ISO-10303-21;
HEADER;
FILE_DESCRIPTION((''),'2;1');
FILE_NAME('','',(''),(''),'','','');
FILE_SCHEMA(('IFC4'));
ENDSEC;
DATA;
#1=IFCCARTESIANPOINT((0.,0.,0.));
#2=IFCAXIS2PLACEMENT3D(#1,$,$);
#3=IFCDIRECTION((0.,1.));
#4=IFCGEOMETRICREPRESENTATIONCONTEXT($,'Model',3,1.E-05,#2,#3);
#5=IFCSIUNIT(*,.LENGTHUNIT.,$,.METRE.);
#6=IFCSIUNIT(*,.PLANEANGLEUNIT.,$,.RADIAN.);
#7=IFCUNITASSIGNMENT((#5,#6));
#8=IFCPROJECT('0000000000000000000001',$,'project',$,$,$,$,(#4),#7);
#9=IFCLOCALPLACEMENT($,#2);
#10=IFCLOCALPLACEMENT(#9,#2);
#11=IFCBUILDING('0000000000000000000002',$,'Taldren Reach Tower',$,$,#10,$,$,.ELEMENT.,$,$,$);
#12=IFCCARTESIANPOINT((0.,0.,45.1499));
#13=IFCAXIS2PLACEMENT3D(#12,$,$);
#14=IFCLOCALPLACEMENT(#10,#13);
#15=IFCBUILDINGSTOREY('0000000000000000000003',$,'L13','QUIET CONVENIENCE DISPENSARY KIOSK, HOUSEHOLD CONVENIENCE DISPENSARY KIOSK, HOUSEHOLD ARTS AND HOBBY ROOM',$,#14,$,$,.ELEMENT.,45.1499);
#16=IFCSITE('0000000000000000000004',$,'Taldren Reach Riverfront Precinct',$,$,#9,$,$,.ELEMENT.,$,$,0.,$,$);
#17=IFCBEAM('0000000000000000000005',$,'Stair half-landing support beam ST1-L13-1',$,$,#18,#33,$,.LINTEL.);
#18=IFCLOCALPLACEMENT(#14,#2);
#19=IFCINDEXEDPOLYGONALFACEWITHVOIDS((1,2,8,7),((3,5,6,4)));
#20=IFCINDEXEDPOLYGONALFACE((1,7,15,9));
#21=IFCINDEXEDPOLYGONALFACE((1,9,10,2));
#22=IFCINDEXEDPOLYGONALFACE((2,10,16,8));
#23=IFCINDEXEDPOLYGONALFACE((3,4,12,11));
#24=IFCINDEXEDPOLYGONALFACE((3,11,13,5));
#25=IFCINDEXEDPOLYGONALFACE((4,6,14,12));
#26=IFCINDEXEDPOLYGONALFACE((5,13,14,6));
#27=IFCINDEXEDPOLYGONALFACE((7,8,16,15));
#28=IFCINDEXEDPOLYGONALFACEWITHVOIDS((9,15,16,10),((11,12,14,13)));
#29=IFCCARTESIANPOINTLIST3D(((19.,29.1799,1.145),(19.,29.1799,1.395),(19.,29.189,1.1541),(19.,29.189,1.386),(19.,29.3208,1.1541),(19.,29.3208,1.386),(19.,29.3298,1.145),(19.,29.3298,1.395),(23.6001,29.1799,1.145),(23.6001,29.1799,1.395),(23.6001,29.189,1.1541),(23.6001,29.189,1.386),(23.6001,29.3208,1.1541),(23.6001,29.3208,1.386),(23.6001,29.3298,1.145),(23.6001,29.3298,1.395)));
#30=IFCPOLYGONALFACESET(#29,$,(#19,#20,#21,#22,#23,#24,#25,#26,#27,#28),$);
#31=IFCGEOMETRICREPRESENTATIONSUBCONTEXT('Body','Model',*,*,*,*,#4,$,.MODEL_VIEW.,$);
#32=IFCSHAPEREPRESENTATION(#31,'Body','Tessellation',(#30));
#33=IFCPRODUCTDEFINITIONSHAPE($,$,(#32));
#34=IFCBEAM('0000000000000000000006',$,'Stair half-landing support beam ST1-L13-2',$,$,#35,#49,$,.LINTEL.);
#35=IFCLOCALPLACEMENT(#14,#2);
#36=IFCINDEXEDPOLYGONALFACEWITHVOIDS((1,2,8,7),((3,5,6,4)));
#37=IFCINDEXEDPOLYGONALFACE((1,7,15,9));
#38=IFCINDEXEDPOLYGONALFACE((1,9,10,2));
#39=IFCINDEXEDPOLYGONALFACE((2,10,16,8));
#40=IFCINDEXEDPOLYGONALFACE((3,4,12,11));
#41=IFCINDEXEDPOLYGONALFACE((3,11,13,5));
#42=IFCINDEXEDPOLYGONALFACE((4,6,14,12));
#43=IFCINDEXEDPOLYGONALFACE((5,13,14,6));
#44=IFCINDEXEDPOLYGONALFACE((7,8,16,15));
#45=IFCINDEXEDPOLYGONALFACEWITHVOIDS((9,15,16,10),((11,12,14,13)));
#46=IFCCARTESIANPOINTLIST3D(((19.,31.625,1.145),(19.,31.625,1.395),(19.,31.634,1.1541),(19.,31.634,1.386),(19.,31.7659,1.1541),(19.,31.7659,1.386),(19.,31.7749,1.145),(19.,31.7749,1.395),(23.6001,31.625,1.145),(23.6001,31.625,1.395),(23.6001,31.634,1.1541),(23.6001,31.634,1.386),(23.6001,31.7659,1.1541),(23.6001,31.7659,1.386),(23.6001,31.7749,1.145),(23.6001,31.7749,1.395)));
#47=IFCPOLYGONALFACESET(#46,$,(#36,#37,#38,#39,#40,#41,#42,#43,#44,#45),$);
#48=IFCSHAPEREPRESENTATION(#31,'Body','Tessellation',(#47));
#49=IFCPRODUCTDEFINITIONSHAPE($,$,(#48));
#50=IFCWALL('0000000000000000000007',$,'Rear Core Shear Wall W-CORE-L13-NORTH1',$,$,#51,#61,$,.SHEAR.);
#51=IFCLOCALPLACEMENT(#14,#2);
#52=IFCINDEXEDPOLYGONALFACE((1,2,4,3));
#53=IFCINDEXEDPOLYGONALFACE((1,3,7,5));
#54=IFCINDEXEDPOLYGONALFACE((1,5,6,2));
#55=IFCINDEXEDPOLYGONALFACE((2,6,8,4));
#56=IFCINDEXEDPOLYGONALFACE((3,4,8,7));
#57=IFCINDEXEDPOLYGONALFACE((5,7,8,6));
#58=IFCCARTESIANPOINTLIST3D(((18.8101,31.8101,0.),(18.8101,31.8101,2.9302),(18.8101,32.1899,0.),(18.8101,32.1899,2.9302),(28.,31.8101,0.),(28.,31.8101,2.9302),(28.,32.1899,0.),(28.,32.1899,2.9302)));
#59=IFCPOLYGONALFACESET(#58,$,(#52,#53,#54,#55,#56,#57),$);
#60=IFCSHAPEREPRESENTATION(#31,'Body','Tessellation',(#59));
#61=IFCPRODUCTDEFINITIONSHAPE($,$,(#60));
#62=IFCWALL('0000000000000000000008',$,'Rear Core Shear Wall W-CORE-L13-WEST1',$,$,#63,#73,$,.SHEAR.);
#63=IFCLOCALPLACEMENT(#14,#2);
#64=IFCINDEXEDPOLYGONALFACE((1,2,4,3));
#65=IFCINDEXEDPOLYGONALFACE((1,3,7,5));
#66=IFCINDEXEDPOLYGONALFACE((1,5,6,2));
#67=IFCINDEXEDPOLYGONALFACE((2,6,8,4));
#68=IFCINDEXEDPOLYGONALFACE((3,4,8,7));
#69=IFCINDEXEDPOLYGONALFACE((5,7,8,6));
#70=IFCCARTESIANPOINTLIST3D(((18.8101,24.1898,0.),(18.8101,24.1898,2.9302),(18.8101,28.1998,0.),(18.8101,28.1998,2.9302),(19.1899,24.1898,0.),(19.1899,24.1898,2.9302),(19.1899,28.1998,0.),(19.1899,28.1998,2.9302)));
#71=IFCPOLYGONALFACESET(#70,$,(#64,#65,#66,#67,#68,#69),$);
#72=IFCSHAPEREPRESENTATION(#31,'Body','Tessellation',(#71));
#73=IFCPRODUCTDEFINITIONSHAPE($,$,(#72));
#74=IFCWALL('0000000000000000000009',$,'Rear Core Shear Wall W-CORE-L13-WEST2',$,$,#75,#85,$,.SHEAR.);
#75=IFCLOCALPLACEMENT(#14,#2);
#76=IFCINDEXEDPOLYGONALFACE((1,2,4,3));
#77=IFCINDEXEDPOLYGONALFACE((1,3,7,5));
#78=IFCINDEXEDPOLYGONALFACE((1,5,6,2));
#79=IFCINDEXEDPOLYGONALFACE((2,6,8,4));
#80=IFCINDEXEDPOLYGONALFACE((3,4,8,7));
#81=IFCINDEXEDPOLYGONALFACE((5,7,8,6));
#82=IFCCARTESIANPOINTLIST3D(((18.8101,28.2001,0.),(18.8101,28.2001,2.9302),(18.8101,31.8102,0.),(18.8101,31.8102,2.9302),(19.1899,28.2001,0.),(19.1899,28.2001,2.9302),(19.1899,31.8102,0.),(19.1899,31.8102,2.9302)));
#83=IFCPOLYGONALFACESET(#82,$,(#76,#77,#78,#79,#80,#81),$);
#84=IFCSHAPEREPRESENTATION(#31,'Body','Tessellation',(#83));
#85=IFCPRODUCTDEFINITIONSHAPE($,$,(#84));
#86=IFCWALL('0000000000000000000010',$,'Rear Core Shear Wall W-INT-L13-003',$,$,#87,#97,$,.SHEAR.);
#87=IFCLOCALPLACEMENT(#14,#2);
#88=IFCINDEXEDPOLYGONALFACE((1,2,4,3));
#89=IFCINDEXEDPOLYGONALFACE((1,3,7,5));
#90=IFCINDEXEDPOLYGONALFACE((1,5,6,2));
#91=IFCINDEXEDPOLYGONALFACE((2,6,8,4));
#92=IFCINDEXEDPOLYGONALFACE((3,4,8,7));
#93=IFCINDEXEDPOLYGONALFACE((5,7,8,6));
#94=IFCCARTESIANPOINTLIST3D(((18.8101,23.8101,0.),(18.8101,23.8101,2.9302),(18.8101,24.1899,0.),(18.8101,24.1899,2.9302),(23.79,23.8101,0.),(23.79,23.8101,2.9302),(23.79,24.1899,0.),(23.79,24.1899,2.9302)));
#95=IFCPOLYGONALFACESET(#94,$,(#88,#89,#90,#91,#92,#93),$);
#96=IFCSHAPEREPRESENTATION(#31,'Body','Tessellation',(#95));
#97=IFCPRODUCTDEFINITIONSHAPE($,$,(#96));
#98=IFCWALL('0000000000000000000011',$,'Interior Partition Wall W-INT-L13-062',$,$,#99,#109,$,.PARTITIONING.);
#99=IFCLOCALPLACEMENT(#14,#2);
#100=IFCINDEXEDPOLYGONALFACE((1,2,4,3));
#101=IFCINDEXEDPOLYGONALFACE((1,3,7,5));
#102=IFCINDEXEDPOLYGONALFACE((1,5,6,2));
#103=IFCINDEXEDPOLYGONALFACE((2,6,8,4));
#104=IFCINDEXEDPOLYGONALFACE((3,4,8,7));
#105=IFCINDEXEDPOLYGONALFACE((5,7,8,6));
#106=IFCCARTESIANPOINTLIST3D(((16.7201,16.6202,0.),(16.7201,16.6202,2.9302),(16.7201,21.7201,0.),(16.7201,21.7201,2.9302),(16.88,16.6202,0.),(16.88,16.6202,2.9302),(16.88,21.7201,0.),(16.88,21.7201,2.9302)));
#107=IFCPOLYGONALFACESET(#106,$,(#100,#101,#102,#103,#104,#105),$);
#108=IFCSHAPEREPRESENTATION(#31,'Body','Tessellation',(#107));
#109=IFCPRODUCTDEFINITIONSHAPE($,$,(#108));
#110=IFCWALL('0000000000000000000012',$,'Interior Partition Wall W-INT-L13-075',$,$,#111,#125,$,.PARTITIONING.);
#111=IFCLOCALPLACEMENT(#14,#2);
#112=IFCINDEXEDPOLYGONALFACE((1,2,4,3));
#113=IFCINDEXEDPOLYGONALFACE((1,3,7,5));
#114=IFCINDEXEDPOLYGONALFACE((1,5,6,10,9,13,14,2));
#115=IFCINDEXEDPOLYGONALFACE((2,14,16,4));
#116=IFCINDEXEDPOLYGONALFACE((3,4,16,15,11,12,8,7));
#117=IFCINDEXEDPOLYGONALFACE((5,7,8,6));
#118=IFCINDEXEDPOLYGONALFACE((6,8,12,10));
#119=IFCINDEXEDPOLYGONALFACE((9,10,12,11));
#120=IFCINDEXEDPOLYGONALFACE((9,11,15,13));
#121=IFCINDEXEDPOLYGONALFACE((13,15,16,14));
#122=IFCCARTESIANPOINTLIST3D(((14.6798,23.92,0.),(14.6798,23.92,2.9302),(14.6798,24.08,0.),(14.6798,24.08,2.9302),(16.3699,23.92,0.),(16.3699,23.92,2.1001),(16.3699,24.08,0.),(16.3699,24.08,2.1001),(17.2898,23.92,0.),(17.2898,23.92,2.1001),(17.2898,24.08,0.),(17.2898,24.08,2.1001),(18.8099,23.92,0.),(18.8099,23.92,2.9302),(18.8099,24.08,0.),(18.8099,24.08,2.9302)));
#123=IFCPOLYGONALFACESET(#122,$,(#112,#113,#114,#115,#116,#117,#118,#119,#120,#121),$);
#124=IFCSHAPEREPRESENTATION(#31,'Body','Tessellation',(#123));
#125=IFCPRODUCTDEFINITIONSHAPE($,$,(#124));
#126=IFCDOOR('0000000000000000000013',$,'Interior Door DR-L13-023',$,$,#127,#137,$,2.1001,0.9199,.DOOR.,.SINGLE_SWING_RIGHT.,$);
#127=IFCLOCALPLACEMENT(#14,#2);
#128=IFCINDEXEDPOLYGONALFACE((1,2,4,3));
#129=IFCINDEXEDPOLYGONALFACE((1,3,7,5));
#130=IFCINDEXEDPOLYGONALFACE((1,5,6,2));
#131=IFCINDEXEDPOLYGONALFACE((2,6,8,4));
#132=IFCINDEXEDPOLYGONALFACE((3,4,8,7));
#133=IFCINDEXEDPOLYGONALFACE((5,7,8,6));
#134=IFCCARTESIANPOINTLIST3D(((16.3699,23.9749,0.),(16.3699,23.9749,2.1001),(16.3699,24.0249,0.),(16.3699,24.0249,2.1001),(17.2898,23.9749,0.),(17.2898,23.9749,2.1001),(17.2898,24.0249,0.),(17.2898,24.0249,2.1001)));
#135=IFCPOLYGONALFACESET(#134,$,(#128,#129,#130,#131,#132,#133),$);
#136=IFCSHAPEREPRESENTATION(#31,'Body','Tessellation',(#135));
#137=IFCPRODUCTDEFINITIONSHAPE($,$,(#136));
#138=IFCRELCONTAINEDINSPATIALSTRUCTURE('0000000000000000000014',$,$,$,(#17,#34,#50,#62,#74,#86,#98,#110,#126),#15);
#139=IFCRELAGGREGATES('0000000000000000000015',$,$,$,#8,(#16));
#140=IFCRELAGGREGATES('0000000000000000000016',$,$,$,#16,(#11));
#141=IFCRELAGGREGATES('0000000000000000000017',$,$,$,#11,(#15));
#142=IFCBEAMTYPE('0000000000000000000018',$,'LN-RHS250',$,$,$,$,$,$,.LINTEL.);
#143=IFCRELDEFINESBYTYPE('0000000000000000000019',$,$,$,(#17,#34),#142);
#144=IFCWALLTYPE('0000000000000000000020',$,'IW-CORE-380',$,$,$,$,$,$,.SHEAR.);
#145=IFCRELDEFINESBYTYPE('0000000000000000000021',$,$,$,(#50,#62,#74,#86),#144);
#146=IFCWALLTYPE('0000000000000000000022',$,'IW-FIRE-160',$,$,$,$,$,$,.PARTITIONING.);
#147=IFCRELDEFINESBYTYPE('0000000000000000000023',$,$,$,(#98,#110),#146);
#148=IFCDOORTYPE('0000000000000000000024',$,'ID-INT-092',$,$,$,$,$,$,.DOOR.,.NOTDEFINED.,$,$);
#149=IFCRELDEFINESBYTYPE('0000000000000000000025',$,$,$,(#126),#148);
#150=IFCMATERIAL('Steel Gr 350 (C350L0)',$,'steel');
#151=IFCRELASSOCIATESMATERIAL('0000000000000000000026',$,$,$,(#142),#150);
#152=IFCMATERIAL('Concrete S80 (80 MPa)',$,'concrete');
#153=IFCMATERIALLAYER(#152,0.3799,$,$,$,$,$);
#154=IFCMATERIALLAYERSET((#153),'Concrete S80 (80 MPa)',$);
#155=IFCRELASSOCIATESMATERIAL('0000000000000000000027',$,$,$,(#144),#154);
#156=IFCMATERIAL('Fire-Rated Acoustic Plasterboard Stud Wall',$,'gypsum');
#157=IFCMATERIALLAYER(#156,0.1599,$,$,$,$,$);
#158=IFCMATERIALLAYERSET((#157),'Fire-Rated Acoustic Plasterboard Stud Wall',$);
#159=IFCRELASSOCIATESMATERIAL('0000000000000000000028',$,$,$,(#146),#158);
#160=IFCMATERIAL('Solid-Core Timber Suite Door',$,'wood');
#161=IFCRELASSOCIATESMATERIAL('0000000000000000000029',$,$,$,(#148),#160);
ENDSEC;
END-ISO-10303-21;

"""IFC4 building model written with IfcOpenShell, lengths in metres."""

from ifc_helpers import new_model, si_unit, direction, frame, frame_2d, origin, origin_2d, place, context, subcontext, project, spatial, rectangle, hollow_rectangle, extrude, source, transform, mapped, material, layer, layer_set, material_profile, profile_set, type_object, element, fill, save


model = new_model("IFC4")

# Units and contexts
model_context = context("Model", 3, precision=1e-05, world=origin(), true_north=direction((0.0, 1.0)))
body_context = subcontext(model_context, "Body", "Model", "MODEL_VIEW")
ifc_project = project(units=[si_unit("LENGTHUNIT", "METRE"), si_unit("PLANEANGLEUNIT", "RADIAN")], contexts=[model_context])

# Site, building, storey
site_placement = place(None, origin())
site = spatial("IfcSite", under=ifc_project, at=site_placement, Name="Taldren Reach Riverfront Precinct", CompositionType="ELEMENT", RefElevation=0.0)
building_placement = place(site_placement, origin())
building = spatial("IfcBuilding", under=site, at=building_placement, Name="Taldren Reach Tower", CompositionType="ELEMENT")
storey_placement = place(building_placement, frame((0.0, 0.0, 45.1499)))
storey = spatial("IfcBuildingStorey", under=building, at=storey_placement, Name="L13", Description="QUIET CONVENIENCE DISPENSARY KIOSK, HOUSEHOLD CONVENIENCE DISPENSARY KIOSK, HOUSEHOLD ARTS AND HOBBY ROOM", CompositionType="ELEMENT", Elevation=45.1499)

# Beams
ifc_material_1 = material(Name="Steel Gr 350 (C350L0)", Category="steel")
ifc_material_profile_1 = material_profile(ifc_material_1, hollow_rectangle(XDim=0.1499, YDim=0.25, WallThickness=0.009, at=origin_2d()), Name="250x150x9.0RHS")
ifc_profile_set_1 = profile_set([ifc_material_profile_1], Name="Steel Gr 350 (C350L0)")
beam_type_1 = type_object("IfcBeamType", Name="LN-RHS250", PredefinedType="LINTEL", material=ifc_profile_set_1)
shared_shape_1 = source(origin(), body_context, "Body", "SweptSolid", [
    extrude(hollow_rectangle(XDim=0.1499, YDim=0.25, WallThickness=0.009, at=origin_2d()), origin(), (0.0, 0.0, 1.0), 4.6001),
])
for number, where, z_axis, x_axis, name in (
    (1, (19.0, 29.2549, 1.27), (1.0, 0.0, 0.0), (0.0, 1.0, 0.0), "Stair half-landing support beam ST1-L13-1"),
    (2, (19.0, 31.7, 1.27), (1.0, 0.0, 0.0), (0.0, 1.0, 0.0), "Stair half-landing support beam ST1-L13-2"),
):
    element("IfcBeam", number, at=place(storey_placement, frame(where, z_axis=z_axis, x_axis=x_axis)), inside=storey, type_object=beam_type_1, Name=name, PredefinedType="LINTEL", context=body_context, shape_type="MappedRepresentation", body=[
        mapped(shared_shape_1, transform((0.0, 0.0, 0.0), scale=1.0)),
    ])

# Walls
ifc_material_2 = material(Name="Concrete S80 (80 MPa)", Category="concrete")
ifc_layer_1 = layer(ifc_material_2, 0.3799)
ifc_layer_set_1 = layer_set([ifc_layer_1], Name="Concrete S80 (80 MPa)")
wall_type_1 = type_object("IfcWallType", Name="IW-CORE-380", PredefinedType="SHEAR", material=ifc_layer_set_1)
shared_shape_2 = source(origin(), body_context, "Body", "SweptSolid", [
    extrude(rectangle(XDim=9.1899, YDim=0.3799, at=frame_2d((4.595, 0.0))), origin(), (0.0, 0.0, 1.0), 2.9302),
])
wall_1_placement = place(storey_placement, frame((18.8101, 32.0, 0.0), z_axis=(0.0, 0.0, 1.0), x_axis=(1.0, 0.0, 0.0)))
element("IfcWall", 3, at=wall_1_placement, inside=storey, type_object=wall_type_1, Name="Rear Core Shear Wall W-CORE-L13-NORTH1", PredefinedType="SHEAR", context=body_context, shape_type="MappedRepresentation", body=[
    mapped(shared_shape_2, transform((0.0, 0.0, 0.0), scale=1.0)),
])
shared_shape_3 = source(origin(), body_context, "Body", "SweptSolid", [
    extrude(rectangle(XDim=4.01, YDim=0.3799, at=frame_2d((2.0049, 0.0))), origin(), (0.0, 0.0, 1.0), 2.9302),
])
wall_2_placement = place(storey_placement, frame((19.0, 24.1899, 0.0), z_axis=(0.0, 0.0, 1.0), x_axis=(0.0, 1.0, 0.0)))
element("IfcWall", 4, at=wall_2_placement, inside=storey, type_object=wall_type_1, Name="Rear Core Shear Wall W-CORE-L13-WEST1", PredefinedType="SHEAR", context=body_context, shape_type="MappedRepresentation", body=[
    mapped(shared_shape_3, transform((0.0, 0.0, 0.0), scale=1.0)),
])
shared_shape_4 = source(origin(), body_context, "Body", "SweptSolid", [
    extrude(rectangle(XDim=3.6101, YDim=0.3799, at=frame_2d((1.8052, 0.0))), origin(), (0.0, 0.0, 1.0), 2.9302),
])
wall_3_placement = place(storey_placement, frame((19.0, 28.2, 0.0), z_axis=(0.0, 0.0, 1.0), x_axis=(0.0, 1.0, 0.0)))
element("IfcWall", 5, at=wall_3_placement, inside=storey, type_object=wall_type_1, Name="Rear Core Shear Wall W-CORE-L13-WEST2", PredefinedType="SHEAR", context=body_context, shape_type="MappedRepresentation", body=[
    mapped(shared_shape_4, transform((0.0, 0.0, 0.0), scale=1.0)),
])
shared_shape_5 = source(origin(), body_context, "Body", "SweptSolid", [
    extrude(rectangle(XDim=4.98, YDim=0.3799, at=frame_2d((2.49, 0.0))), origin(), (0.0, 0.0, 1.0), 2.9302),
])
wall_4_placement = place(storey_placement, frame((18.8101, 24.0, 0.0), z_axis=(0.0, 0.0, 1.0), x_axis=(1.0, 0.0, 0.0)))
element("IfcWall", 6, at=wall_4_placement, inside=storey, type_object=wall_type_1, Name="Rear Core Shear Wall W-INT-L13-003", PredefinedType="SHEAR", context=body_context, shape_type="MappedRepresentation", body=[
    mapped(shared_shape_5, transform((0.0, 0.0, 0.0), scale=1.0)),
])
ifc_material_3 = material(Name="Fire-Rated Acoustic Plasterboard Stud Wall", Category="gypsum")
ifc_layer_2 = layer(ifc_material_3, 0.1599)
ifc_layer_set_2 = layer_set([ifc_layer_2], Name="Fire-Rated Acoustic Plasterboard Stud Wall")
wall_type_2 = type_object("IfcWallType", Name="IW-FIRE-160", PredefinedType="PARTITIONING", material=ifc_layer_set_2)
shared_shape_6 = source(origin(), body_context, "Body", "SweptSolid", [
    extrude(rectangle(XDim=5.0999, YDim=0.1599, at=frame_2d((2.5498, 0.0))), origin(), (0.0, 0.0, 1.0), 2.9302),
])
wall_5_placement = place(storey_placement, frame((16.8, 21.72, 0.0), z_axis=(0.0, 0.0, 1.0), x_axis=(0.0, -1.0, 0.0)))
element("IfcWall", 7, at=wall_5_placement, inside=storey, type_object=wall_type_2, Name="Interior Partition Wall W-INT-L13-062", PredefinedType="PARTITIONING", context=body_context, shape_type="MappedRepresentation", body=[
    mapped(shared_shape_6, transform((0.0, 0.0, 0.0), scale=1.0)),
])

# Wall, opening, door
shared_shape_7 = source(origin(), body_context, "Body", "SweptSolid", [
    extrude(rectangle(XDim=4.1301, YDim=0.1599, at=frame_2d((2.0649, 0.0))), origin(), (0.0, 0.0, 1.0), 2.9302),
])
wall_6_placement = place(storey_placement, frame((14.6799, 24.0, 0.0), z_axis=(0.0, 0.0, 1.0), x_axis=(1.0, 0.0, 0.0)))
wall_6 = element("IfcWall", 8, at=wall_6_placement, inside=storey, type_object=wall_type_2, Name="Interior Partition Wall W-INT-L13-075", PredefinedType="PARTITIONING", context=body_context, shape_type="MappedRepresentation", body=[
    mapped(shared_shape_7, transform((0.0, 0.0, 0.0), scale=1.0)),
])
shared_shape_8 = source(origin(), body_context, "Body", "SweptSolid", [
    extrude(rectangle(XDim=0.9199, YDim=2.1001, at=frame_2d((0.46, 1.05))), frame((0.0, 0.0898, 0.0), z_axis=(0.0, -1.0, 0.0), x_axis=(1.0, 0.0, 0.0)), (0.0, 0.0, 1.0), 0.1799),
])
opening_1_placement = place(wall_6_placement, frame((1.6899, 0.0, 0.0)))
opening_1 = element("IfcOpeningElement", 9, at=opening_1_placement, cuts=wall_6, PredefinedType="OPENING", context=body_context, shape_type="MappedRepresentation", body=[
    mapped(shared_shape_8, transform((0.0, 0.0, 0.0), scale=1.0)),
])
ifc_material_4 = material(Name="Solid-Core Timber Suite Door", Category="wood")
door_type_1 = type_object("IfcDoorType", Name="ID-INT-092", OperationType="NOTDEFINED", PredefinedType="DOOR", material=ifc_material_4)
shared_shape_9 = source(origin(), body_context, "Body", "SweptSolid", [
    extrude(rectangle(XDim=0.9199, YDim=2.1001, at=frame_2d((0.46, 1.05))), frame((0.0, 0.0249, 0.0), z_axis=(0.0, -1.0, 0.0), x_axis=(1.0, 0.0, 0.0)), (0.0, 0.0, 1.0), 0.05),
])
door_1_placement = place(opening_1_placement, origin())
door_1 = element("IfcDoor", 10, at=door_1_placement, inside=storey, type_object=door_type_1, Name="Interior Door DR-L13-023", OperationType="SINGLE_SWING_RIGHT", OverallHeight=2.1001, OverallWidth=0.9199, PredefinedType="DOOR", context=body_context, shape_type="MappedRepresentation", body=[
    mapped(shared_shape_9, transform((0.0, 0.0, 0.0), scale=1.0)),
])
fill(opening_1, door_1)

save(model, "model.ifc")
